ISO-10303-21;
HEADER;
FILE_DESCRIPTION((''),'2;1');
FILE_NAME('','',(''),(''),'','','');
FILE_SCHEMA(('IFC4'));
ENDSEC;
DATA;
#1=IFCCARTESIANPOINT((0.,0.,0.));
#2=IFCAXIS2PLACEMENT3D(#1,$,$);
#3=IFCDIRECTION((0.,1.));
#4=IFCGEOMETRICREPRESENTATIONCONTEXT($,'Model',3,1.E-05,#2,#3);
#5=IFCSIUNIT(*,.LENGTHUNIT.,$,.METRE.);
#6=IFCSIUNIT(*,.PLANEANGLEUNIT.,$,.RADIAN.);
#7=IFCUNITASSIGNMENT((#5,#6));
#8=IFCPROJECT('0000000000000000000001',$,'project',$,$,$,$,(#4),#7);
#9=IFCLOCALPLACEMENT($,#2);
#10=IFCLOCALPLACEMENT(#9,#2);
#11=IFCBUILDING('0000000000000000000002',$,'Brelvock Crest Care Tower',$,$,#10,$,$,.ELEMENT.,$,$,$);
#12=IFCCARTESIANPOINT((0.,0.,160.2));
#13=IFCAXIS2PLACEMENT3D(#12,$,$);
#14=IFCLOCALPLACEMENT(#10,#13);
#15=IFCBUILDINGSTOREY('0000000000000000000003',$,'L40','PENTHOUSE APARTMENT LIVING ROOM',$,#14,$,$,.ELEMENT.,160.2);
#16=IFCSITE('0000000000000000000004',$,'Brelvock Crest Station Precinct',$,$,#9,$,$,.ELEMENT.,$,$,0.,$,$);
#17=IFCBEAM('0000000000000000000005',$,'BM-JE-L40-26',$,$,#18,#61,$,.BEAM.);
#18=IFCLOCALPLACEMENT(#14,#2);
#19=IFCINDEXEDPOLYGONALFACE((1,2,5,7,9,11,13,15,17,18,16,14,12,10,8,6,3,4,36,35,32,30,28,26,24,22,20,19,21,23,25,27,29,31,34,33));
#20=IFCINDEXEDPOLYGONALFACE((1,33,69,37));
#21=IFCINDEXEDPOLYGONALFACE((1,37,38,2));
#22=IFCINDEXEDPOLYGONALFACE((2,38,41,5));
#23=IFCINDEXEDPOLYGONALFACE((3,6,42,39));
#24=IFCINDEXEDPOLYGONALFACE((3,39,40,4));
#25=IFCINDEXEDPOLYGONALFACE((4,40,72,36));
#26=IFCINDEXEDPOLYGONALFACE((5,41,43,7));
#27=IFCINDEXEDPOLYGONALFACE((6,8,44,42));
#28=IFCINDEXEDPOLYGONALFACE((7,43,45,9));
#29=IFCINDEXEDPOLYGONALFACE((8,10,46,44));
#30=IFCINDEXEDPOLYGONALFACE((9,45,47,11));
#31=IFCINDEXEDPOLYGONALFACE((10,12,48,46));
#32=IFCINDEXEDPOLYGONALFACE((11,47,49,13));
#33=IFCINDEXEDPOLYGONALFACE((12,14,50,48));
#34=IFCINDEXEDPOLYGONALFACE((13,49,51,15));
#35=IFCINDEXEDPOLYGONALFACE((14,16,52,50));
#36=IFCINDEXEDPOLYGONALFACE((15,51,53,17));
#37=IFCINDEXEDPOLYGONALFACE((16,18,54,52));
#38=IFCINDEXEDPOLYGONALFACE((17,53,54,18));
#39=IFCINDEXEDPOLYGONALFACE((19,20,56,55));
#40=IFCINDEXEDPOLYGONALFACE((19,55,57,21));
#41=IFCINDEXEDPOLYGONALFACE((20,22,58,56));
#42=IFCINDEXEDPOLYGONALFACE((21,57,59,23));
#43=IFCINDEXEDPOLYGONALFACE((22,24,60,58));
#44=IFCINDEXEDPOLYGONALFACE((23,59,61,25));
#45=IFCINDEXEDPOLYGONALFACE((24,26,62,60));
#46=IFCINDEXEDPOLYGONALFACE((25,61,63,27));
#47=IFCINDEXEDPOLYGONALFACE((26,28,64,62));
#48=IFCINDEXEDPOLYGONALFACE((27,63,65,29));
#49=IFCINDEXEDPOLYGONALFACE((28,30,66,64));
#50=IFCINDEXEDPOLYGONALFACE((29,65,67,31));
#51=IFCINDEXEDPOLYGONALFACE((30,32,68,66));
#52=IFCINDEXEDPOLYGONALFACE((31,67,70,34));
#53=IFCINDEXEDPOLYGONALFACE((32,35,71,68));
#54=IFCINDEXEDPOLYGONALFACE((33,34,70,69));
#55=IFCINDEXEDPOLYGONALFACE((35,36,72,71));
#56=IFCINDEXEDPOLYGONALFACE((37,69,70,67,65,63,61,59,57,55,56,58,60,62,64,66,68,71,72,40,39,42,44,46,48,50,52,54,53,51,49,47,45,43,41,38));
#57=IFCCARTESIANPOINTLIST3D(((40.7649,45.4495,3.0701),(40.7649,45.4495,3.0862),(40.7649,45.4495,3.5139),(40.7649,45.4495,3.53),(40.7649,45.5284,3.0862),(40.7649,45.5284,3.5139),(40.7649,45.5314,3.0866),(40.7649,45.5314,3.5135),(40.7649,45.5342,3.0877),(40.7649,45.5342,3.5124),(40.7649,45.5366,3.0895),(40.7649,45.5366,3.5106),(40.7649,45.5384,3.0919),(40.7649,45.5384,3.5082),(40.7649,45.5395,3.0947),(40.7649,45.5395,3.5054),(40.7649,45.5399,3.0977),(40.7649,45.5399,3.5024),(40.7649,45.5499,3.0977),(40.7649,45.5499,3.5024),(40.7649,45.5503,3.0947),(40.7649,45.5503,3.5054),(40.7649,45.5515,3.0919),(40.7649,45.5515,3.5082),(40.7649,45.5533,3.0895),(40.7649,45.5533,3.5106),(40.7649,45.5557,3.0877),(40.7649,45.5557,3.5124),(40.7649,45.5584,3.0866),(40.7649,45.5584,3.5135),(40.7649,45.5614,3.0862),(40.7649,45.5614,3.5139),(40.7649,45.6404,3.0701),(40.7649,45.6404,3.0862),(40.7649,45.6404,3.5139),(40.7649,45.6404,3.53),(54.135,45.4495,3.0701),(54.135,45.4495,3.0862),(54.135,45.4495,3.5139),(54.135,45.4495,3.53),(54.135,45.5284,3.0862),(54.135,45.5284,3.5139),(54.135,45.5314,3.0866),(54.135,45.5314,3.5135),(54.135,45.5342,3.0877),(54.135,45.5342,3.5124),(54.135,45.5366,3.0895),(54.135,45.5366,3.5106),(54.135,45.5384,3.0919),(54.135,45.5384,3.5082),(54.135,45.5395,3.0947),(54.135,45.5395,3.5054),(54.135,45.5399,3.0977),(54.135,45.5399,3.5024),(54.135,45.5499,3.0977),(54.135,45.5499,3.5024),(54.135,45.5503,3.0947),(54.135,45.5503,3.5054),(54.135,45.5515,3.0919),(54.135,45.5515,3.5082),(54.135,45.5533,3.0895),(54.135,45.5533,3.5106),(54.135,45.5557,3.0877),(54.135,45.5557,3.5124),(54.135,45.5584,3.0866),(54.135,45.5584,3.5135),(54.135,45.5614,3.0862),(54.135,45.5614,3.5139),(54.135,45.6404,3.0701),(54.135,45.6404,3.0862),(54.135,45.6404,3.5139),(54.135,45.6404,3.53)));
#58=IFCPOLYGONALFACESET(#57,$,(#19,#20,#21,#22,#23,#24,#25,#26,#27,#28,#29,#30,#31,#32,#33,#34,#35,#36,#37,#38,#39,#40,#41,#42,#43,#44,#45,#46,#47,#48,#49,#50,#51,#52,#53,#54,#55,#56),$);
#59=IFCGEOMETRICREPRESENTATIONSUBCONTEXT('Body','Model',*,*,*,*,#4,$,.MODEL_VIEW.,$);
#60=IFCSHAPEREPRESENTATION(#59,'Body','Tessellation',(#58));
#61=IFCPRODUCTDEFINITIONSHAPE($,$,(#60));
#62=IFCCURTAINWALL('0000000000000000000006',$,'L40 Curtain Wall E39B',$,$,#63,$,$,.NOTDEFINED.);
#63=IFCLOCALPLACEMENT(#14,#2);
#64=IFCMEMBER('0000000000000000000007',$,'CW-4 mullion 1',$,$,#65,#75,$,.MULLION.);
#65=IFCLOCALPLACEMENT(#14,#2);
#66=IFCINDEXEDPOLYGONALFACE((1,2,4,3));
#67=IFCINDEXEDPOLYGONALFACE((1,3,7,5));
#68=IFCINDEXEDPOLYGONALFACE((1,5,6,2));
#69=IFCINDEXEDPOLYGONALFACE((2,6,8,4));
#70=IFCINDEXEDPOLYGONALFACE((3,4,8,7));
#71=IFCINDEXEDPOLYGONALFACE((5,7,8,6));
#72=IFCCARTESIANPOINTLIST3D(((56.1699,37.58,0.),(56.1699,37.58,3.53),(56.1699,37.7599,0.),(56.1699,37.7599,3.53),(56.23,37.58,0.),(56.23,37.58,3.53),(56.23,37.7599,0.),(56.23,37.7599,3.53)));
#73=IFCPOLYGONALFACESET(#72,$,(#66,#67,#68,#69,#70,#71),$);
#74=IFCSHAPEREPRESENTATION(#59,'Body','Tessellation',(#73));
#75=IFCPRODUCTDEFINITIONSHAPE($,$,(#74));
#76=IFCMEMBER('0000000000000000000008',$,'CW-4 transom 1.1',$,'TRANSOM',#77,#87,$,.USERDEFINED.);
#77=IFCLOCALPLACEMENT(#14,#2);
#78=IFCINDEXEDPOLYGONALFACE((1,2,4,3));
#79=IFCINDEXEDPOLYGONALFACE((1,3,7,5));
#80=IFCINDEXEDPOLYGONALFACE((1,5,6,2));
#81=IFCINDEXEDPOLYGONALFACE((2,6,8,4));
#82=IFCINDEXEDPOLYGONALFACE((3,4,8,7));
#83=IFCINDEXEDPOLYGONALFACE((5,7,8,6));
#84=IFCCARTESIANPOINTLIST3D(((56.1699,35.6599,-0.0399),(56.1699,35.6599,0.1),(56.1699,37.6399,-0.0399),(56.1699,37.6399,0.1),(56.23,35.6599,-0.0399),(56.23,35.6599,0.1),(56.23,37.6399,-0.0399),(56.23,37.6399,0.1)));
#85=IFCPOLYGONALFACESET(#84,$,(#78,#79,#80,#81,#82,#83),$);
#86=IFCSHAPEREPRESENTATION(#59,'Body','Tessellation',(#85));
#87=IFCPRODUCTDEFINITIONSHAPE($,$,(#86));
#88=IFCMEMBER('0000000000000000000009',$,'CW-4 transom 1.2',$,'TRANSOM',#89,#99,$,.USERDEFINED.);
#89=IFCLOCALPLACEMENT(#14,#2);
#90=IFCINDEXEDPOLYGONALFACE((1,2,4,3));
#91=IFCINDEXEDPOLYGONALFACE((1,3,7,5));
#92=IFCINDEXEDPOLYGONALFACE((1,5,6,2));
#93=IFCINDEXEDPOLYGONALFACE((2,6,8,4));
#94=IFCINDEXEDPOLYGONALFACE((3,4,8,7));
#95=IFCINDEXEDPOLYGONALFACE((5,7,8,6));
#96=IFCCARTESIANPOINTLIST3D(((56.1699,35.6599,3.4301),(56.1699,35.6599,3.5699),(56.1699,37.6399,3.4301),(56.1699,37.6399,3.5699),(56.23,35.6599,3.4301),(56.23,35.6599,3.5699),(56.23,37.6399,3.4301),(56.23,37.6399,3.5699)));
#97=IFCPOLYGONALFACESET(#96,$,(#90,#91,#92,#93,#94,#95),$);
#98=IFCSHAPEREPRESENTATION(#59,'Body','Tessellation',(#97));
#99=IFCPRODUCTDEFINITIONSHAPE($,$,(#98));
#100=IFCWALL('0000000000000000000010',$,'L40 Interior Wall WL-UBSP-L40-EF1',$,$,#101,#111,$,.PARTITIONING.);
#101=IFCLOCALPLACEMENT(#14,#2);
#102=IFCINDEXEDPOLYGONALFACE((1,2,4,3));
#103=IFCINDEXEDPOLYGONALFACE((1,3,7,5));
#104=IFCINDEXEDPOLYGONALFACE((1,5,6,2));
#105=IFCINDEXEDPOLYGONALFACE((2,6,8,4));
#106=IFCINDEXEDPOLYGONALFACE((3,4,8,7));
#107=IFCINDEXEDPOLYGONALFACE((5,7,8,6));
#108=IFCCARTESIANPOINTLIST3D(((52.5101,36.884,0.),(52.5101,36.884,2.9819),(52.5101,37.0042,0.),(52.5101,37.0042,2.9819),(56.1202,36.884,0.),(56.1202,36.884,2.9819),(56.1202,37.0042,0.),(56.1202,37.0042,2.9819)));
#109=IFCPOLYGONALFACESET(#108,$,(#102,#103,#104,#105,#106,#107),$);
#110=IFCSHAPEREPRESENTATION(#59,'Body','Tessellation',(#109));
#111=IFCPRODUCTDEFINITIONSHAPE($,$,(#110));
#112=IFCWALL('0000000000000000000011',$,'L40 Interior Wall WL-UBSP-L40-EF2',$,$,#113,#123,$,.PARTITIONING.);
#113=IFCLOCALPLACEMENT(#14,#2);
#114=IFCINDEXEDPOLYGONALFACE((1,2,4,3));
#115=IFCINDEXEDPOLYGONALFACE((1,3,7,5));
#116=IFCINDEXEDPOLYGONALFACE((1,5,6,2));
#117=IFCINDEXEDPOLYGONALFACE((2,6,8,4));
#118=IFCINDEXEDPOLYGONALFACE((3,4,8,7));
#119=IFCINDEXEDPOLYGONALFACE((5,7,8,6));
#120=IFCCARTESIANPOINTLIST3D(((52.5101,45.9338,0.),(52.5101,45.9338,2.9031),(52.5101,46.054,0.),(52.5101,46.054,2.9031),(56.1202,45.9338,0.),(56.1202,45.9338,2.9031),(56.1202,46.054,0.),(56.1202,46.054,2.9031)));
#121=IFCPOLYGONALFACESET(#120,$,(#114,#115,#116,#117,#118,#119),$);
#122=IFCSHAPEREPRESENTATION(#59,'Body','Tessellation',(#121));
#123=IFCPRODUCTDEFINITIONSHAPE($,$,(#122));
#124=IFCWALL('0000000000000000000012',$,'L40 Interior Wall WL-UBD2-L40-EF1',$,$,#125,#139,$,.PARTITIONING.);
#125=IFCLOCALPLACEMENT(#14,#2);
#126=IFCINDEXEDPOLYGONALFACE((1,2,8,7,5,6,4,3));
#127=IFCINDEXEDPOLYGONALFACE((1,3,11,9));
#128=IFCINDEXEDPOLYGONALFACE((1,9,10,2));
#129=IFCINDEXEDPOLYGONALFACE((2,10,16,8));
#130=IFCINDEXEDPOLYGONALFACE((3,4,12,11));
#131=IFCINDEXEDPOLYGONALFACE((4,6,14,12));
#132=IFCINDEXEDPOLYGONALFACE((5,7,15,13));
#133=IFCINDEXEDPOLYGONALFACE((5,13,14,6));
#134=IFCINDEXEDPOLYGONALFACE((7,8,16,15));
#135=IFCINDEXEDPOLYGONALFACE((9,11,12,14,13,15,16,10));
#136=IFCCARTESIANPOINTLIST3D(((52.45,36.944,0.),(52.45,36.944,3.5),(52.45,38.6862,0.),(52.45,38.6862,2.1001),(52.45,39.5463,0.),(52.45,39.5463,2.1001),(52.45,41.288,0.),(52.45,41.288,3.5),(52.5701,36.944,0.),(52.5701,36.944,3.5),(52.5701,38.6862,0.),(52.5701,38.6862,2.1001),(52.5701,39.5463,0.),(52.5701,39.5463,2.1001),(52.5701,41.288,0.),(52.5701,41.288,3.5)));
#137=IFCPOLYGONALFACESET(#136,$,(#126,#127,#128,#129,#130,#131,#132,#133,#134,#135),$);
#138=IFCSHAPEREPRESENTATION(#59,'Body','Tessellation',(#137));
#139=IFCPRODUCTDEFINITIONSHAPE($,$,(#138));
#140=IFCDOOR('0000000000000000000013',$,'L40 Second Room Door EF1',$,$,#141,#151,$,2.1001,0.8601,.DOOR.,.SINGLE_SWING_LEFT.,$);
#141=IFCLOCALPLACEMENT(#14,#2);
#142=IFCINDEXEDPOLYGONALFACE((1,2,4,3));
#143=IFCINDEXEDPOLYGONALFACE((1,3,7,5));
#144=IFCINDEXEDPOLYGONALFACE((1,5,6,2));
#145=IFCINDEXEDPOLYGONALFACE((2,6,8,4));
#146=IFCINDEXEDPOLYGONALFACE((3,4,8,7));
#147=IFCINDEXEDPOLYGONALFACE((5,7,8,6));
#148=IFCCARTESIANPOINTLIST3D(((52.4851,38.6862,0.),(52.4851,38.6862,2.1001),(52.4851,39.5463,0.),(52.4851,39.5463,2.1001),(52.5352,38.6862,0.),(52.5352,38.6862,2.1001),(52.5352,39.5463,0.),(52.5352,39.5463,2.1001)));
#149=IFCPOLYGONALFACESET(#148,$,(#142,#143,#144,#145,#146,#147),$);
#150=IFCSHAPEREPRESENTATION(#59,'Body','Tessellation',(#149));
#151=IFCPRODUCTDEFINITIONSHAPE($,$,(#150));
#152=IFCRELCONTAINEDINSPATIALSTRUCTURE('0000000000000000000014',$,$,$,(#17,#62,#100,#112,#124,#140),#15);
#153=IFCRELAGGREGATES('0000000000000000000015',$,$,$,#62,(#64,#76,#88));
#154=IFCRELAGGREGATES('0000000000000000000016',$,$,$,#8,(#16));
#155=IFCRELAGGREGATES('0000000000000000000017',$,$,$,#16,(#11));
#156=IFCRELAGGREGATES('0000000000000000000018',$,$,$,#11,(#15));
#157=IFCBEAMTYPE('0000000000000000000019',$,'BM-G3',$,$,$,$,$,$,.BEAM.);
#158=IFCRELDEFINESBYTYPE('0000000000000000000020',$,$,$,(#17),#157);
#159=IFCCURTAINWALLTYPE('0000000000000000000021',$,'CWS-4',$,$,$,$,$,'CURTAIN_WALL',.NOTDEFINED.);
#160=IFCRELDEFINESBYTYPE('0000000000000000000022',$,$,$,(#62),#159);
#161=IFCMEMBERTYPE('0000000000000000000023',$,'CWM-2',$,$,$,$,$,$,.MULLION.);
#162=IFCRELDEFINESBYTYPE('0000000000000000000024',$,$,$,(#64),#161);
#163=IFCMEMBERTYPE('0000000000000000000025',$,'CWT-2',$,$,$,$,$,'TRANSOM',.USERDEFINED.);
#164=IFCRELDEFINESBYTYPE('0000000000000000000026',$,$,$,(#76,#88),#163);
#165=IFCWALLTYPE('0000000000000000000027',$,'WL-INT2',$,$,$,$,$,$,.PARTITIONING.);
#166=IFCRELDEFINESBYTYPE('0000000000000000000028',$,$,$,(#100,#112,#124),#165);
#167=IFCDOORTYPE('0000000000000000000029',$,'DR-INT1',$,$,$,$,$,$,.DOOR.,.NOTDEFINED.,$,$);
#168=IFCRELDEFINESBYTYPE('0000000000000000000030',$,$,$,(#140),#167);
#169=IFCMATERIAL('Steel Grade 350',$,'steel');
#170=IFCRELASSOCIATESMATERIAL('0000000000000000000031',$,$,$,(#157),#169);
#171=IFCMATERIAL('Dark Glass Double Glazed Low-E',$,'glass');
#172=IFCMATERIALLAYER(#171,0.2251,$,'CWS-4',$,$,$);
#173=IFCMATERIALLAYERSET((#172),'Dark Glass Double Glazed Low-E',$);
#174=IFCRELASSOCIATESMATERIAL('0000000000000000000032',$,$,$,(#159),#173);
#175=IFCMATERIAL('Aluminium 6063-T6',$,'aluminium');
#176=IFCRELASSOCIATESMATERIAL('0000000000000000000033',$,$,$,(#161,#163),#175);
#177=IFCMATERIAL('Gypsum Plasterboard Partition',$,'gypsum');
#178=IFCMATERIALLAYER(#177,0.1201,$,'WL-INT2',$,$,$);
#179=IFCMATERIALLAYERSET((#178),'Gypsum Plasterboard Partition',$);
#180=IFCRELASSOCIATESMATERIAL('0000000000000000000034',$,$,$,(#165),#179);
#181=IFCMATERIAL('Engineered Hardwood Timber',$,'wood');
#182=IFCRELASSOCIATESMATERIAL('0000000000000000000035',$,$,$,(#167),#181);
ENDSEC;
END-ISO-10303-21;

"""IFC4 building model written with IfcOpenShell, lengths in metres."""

from ifc_helpers import new_model, si_unit, direction, frame, frame_2d, origin, origin_2d, place, context, subcontext, project, spatial, rectangle, i_section, extrude, source, transform, mapped, material, layer, layer_set, material_profile, profile_set, type_object, element, fill, aggregate, save


model = new_model("IFC4")

# Units and contexts
model_context = context("Model", 3, precision=1e-05, world=origin(), true_north=direction((0.0, 1.0)))
body_context = subcontext(model_context, "Body", "Model", "MODEL_VIEW")
ifc_project = project(units=[si_unit("LENGTHUNIT", "METRE"), si_unit("PLANEANGLEUNIT", "RADIAN")], contexts=[model_context])

# Site, building, storey
site_placement = place(None, origin())
site = spatial("IfcSite", under=ifc_project, at=site_placement, Name="Brelvock Crest Station Precinct", CompositionType="ELEMENT", RefElevation=0.0)
building_placement = place(site_placement, origin())
building = spatial("IfcBuilding", under=site, at=building_placement, Name="Brelvock Crest Care Tower", CompositionType="ELEMENT")
storey_placement = place(building_placement, frame((0.0, 0.0, 160.2)))
storey = spatial("IfcBuildingStorey", under=building, at=storey_placement, Name="L40", Description="PENTHOUSE APARTMENT LIVING ROOM", CompositionType="ELEMENT", Elevation=160.2)

# Shared definitions
ifc_material_1 = material(Name="Steel Grade 350", Category="steel")

# Beam
ifc_material_profile_1 = material_profile(ifc_material_1, i_section(OverallWidth=0.1909, OverallDepth=0.46, WebThickness=0.01, FlangeThickness=0.0161, FilletRadius=0.0115, at=origin_2d()), Name="460UB82.1")
ifc_profile_set_1 = profile_set([ifc_material_profile_1], Name="Steel Grade 350")
beam_type_1 = type_object("IfcBeamType", Name="BM-G3", PredefinedType="BEAM", material=ifc_profile_set_1)
shared_shape_1 = source(origin(), body_context, "Body", "SweptSolid", [
    extrude(i_section(OverallWidth=0.1909, OverallDepth=0.46, WebThickness=0.01, FlangeThickness=0.0161, FilletRadius=0.0115, at=origin_2d()), origin(), (0.0, 0.0, 1.0), 13.3701),
])
for number, where, z_axis, x_axis, name in (
    (1, (40.7649, 45.5449, 3.3), (1.0, 0.0, 0.0), (0.0, 1.0, 0.0), "BM-JE-L40-26"),
):
    element("IfcBeam", number, at=place(storey_placement, frame(where, z_axis=z_axis, x_axis=x_axis)), inside=storey, type_object=beam_type_1, Name=name, PredefinedType="BEAM", context=body_context, shape_type="MappedRepresentation", body=[
        mapped(shared_shape_1, transform((0.0, 0.0, 0.0), x_axis=(1.0, 0.0, 0.0), y_axis=(0.0, 1.0, 0.0), z_axis=(0.0, 0.0, 1.0), scale=1.0)),
    ])

# Curtain wall, members
ifc_material_2 = material(Name="Dark Glass Double Glazed Low-E", Category="glass")
ifc_layer_1 = layer(ifc_material_2, 0.2251, Name="CWS-4")
ifc_layer_set_1 = layer_set([ifc_layer_1], Name="Dark Glass Double Glazed Low-E")
curtain_wall_type = type_object("IfcCurtainWallType", Name="CWS-4", ElementType="CURTAIN_WALL", PredefinedType="NOTDEFINED", material=ifc_layer_set_1)
curtain_wall_placement = place(storey_placement, origin())
curtain_wall = element("IfcCurtainWall", 2, at=curtain_wall_placement, inside=storey, type_object=curtain_wall_type, Name="L40 Curtain Wall E39B", PredefinedType="NOTDEFINED")
ifc_material_3 = material(Name="Aluminium 6063-T6", Category="aluminium")
ifc_material_profile_2 = material_profile(ifc_material_3, rectangle(XDim=0.0601, YDim=0.1799, at=origin_2d()), Name="ALU60x180")
ifc_profile_set_2 = profile_set([ifc_material_profile_2], Name="Aluminium 6063-T6")
member_type_1 = type_object("IfcMemberType", Name="CWM-2", PredefinedType="MULLION", material=ifc_profile_set_2)
shared_shape_2 = source(origin(), body_context, "Body", "SweptSolid", [
    extrude(rectangle(XDim=0.0601, YDim=0.1799, at=origin_2d()), origin(), (0.0, 0.0, 1.0), 3.53),
])
member_1_placement = place(storey_placement, frame((56.2, 37.6699, 0.0), z_axis=(0.0, 0.0, 1.0), x_axis=(1.0, 0.0, 0.0)))
member_1 = element("IfcMember", 3, at=member_1_placement, type_object=member_type_1, Name="CW-4 mullion 1", PredefinedType="MULLION", context=body_context, shape_type="MappedRepresentation", body=[
    mapped(shared_shape_2, transform((0.0, 0.0, 0.0), x_axis=(1.0, 0.0, 0.0), y_axis=(0.0, 1.0, 0.0), z_axis=(0.0, 0.0, 1.0), scale=1.0)),
])
ifc_material_profile_3 = material_profile(ifc_material_3, rectangle(XDim=0.0601, YDim=0.1399, at=origin_2d()), Name="ALU60x140")
ifc_profile_set_3 = profile_set([ifc_material_profile_3], Name="Aluminium 6063-T6")
member_type_2 = type_object("IfcMemberType", Name="CWT-2", ElementType="TRANSOM", PredefinedType="USERDEFINED", material=ifc_profile_set_3)
shared_shape_3 = source(origin(), body_context, "Body", "SweptSolid", [
    extrude(rectangle(XDim=0.0601, YDim=0.1399, at=origin_2d()), origin(), (0.0, 0.0, 1.0), 1.98),
])
member_2_placement = place(storey_placement, frame((56.2, 37.6399, 0.03), z_axis=(0.0, -1.0, 0.0), x_axis=(1.0, 0.0, 0.0)))
member_2 = element("IfcMember", 4, at=member_2_placement, type_object=member_type_2, Name="CW-4 transom 1.1", ObjectType="TRANSOM", PredefinedType="USERDEFINED", context=body_context, shape_type="MappedRepresentation", body=[
    mapped(shared_shape_3, transform((0.0, 0.0, 0.0), x_axis=(1.0, 0.0, 0.0), y_axis=(0.0, 1.0, 0.0), z_axis=(0.0, 0.0, 1.0), scale=1.0)),
])
member_3_placement = place(storey_placement, frame((56.2, 37.6399, 3.5), z_axis=(0.0, -1.0, 0.0), x_axis=(1.0, 0.0, 0.0)))
member_3 = element("IfcMember", 5, at=member_3_placement, type_object=member_type_2, Name="CW-4 transom 1.2", ObjectType="TRANSOM", PredefinedType="USERDEFINED", context=body_context, shape_type="MappedRepresentation", body=[
    mapped(shared_shape_3, transform((0.0, 0.0, 0.0), x_axis=(1.0, 0.0, 0.0), y_axis=(0.0, 1.0, 0.0), z_axis=(0.0, 0.0, 1.0), scale=1.0)),
])
aggregate(curtain_wall, [member_1, member_2, member_3])

# Walls
ifc_material_4 = material(Name="Gypsum Plasterboard Partition", Category="gypsum")
ifc_layer_2 = layer(ifc_material_4, 0.1201, Name="WL-INT2")
ifc_layer_set_2 = layer_set([ifc_layer_2], Name="Gypsum Plasterboard Partition")
wall_type_1 = type_object("IfcWallType", Name="WL-INT2", PredefinedType="PARTITIONING", material=ifc_layer_set_2)
wall_1_placement = place(storey_placement, frame((52.51, 36.9441, 0.0), z_axis=(0.0, 0.0, 1.0), x_axis=(1.0, 0.0, 0.0)))
element("IfcWall", 6, at=wall_1_placement, inside=storey, type_object=wall_type_1, Name="L40 Interior Wall WL-UBSP-L40-EF1", PredefinedType="PARTITIONING", context=body_context, shape_type="SweptSolid", body=[
    extrude(rectangle(XDim=3.6101, YDim=0.1201, at=frame_2d((1.8052, 0.0))), origin(), (0.0, 0.0, 1.0), 2.9819),
])
wall_2_placement = place(storey_placement, frame((52.51, 45.9939, 0.0), z_axis=(0.0, 0.0, 1.0), x_axis=(1.0, 0.0, 0.0)))
element("IfcWall", 7, at=wall_2_placement, inside=storey, type_object=wall_type_1, Name="L40 Interior Wall WL-UBSP-L40-EF2", PredefinedType="PARTITIONING", context=body_context, shape_type="SweptSolid", body=[
    extrude(rectangle(XDim=3.6101, YDim=0.1201, at=frame_2d((1.8052, 0.0))), origin(), (0.0, 0.0, 1.0), 2.9031),
])

# Wall, opening, door
wall_3_placement = place(storey_placement, frame((52.51, 36.9441, 0.0), z_axis=(0.0, 0.0, 1.0), x_axis=(0.0, 1.0, 0.0)))
wall_3 = element("IfcWall", 8, at=wall_3_placement, inside=storey, type_object=wall_type_1, Name="L40 Interior Wall WL-UBD2-L40-EF1", PredefinedType="PARTITIONING", context=body_context, shape_type="SweptSolid", body=[
    extrude(rectangle(XDim=4.344, YDim=0.1201, at=frame_2d((2.1719, 0.0))), origin(), (0.0, 0.0, 1.0), 3.5),
])
opening_1_placement = place(wall_3_placement, frame((1.7419, 0.0, 0.0)))
opening_1 = element("IfcOpeningElement", 9, at=opening_1_placement, cuts=wall_3, PredefinedType="OPENING", context=body_context, shape_type="SweptSolid", body=[
    extrude(rectangle(XDim=0.8601, YDim=2.1001, at=origin_2d()), frame((0.4302, 0.0701, 1.05), z_axis=(0.0, -1.0, 0.0), x_axis=(1.0, 0.0, 0.0)), (0.0, 0.0, 1.0), 0.1401),
])
ifc_material_5 = material(Name="Engineered Hardwood Timber", Category="wood")
door_type_1 = type_object("IfcDoorType", Name="DR-INT1", OperationType="NOTDEFINED", PredefinedType="DOOR", material=ifc_material_5)
shared_shape_4 = source(origin(), body_context, "Body", "SweptSolid", [
    extrude(rectangle(XDim=0.8601, YDim=2.1001, at=origin_2d()), frame((0.4302, 0.0249, 1.05), z_axis=(0.0, -1.0, 0.0), x_axis=(1.0, 0.0, 0.0)), (0.0, 0.0, 1.0), 0.05),
])
door_1_placement = place(opening_1_placement, origin())
door_1 = element("IfcDoor", 10, at=door_1_placement, inside=storey, type_object=door_type_1, Name="L40 Second Room Door EF1", OperationType="SINGLE_SWING_LEFT", OverallHeight=2.1001, OverallWidth=0.8601, PredefinedType="DOOR", context=body_context, shape_type="MappedRepresentation", body=[
    mapped(shared_shape_4, transform((0.0, 0.0, 0.0), x_axis=(1.0, 0.0, 0.0), y_axis=(0.0, 1.0, 0.0), z_axis=(0.0, 0.0, 1.0), scale=1.0)),
])
fill(opening_1, door_1)

save(model, "model.ifc")
